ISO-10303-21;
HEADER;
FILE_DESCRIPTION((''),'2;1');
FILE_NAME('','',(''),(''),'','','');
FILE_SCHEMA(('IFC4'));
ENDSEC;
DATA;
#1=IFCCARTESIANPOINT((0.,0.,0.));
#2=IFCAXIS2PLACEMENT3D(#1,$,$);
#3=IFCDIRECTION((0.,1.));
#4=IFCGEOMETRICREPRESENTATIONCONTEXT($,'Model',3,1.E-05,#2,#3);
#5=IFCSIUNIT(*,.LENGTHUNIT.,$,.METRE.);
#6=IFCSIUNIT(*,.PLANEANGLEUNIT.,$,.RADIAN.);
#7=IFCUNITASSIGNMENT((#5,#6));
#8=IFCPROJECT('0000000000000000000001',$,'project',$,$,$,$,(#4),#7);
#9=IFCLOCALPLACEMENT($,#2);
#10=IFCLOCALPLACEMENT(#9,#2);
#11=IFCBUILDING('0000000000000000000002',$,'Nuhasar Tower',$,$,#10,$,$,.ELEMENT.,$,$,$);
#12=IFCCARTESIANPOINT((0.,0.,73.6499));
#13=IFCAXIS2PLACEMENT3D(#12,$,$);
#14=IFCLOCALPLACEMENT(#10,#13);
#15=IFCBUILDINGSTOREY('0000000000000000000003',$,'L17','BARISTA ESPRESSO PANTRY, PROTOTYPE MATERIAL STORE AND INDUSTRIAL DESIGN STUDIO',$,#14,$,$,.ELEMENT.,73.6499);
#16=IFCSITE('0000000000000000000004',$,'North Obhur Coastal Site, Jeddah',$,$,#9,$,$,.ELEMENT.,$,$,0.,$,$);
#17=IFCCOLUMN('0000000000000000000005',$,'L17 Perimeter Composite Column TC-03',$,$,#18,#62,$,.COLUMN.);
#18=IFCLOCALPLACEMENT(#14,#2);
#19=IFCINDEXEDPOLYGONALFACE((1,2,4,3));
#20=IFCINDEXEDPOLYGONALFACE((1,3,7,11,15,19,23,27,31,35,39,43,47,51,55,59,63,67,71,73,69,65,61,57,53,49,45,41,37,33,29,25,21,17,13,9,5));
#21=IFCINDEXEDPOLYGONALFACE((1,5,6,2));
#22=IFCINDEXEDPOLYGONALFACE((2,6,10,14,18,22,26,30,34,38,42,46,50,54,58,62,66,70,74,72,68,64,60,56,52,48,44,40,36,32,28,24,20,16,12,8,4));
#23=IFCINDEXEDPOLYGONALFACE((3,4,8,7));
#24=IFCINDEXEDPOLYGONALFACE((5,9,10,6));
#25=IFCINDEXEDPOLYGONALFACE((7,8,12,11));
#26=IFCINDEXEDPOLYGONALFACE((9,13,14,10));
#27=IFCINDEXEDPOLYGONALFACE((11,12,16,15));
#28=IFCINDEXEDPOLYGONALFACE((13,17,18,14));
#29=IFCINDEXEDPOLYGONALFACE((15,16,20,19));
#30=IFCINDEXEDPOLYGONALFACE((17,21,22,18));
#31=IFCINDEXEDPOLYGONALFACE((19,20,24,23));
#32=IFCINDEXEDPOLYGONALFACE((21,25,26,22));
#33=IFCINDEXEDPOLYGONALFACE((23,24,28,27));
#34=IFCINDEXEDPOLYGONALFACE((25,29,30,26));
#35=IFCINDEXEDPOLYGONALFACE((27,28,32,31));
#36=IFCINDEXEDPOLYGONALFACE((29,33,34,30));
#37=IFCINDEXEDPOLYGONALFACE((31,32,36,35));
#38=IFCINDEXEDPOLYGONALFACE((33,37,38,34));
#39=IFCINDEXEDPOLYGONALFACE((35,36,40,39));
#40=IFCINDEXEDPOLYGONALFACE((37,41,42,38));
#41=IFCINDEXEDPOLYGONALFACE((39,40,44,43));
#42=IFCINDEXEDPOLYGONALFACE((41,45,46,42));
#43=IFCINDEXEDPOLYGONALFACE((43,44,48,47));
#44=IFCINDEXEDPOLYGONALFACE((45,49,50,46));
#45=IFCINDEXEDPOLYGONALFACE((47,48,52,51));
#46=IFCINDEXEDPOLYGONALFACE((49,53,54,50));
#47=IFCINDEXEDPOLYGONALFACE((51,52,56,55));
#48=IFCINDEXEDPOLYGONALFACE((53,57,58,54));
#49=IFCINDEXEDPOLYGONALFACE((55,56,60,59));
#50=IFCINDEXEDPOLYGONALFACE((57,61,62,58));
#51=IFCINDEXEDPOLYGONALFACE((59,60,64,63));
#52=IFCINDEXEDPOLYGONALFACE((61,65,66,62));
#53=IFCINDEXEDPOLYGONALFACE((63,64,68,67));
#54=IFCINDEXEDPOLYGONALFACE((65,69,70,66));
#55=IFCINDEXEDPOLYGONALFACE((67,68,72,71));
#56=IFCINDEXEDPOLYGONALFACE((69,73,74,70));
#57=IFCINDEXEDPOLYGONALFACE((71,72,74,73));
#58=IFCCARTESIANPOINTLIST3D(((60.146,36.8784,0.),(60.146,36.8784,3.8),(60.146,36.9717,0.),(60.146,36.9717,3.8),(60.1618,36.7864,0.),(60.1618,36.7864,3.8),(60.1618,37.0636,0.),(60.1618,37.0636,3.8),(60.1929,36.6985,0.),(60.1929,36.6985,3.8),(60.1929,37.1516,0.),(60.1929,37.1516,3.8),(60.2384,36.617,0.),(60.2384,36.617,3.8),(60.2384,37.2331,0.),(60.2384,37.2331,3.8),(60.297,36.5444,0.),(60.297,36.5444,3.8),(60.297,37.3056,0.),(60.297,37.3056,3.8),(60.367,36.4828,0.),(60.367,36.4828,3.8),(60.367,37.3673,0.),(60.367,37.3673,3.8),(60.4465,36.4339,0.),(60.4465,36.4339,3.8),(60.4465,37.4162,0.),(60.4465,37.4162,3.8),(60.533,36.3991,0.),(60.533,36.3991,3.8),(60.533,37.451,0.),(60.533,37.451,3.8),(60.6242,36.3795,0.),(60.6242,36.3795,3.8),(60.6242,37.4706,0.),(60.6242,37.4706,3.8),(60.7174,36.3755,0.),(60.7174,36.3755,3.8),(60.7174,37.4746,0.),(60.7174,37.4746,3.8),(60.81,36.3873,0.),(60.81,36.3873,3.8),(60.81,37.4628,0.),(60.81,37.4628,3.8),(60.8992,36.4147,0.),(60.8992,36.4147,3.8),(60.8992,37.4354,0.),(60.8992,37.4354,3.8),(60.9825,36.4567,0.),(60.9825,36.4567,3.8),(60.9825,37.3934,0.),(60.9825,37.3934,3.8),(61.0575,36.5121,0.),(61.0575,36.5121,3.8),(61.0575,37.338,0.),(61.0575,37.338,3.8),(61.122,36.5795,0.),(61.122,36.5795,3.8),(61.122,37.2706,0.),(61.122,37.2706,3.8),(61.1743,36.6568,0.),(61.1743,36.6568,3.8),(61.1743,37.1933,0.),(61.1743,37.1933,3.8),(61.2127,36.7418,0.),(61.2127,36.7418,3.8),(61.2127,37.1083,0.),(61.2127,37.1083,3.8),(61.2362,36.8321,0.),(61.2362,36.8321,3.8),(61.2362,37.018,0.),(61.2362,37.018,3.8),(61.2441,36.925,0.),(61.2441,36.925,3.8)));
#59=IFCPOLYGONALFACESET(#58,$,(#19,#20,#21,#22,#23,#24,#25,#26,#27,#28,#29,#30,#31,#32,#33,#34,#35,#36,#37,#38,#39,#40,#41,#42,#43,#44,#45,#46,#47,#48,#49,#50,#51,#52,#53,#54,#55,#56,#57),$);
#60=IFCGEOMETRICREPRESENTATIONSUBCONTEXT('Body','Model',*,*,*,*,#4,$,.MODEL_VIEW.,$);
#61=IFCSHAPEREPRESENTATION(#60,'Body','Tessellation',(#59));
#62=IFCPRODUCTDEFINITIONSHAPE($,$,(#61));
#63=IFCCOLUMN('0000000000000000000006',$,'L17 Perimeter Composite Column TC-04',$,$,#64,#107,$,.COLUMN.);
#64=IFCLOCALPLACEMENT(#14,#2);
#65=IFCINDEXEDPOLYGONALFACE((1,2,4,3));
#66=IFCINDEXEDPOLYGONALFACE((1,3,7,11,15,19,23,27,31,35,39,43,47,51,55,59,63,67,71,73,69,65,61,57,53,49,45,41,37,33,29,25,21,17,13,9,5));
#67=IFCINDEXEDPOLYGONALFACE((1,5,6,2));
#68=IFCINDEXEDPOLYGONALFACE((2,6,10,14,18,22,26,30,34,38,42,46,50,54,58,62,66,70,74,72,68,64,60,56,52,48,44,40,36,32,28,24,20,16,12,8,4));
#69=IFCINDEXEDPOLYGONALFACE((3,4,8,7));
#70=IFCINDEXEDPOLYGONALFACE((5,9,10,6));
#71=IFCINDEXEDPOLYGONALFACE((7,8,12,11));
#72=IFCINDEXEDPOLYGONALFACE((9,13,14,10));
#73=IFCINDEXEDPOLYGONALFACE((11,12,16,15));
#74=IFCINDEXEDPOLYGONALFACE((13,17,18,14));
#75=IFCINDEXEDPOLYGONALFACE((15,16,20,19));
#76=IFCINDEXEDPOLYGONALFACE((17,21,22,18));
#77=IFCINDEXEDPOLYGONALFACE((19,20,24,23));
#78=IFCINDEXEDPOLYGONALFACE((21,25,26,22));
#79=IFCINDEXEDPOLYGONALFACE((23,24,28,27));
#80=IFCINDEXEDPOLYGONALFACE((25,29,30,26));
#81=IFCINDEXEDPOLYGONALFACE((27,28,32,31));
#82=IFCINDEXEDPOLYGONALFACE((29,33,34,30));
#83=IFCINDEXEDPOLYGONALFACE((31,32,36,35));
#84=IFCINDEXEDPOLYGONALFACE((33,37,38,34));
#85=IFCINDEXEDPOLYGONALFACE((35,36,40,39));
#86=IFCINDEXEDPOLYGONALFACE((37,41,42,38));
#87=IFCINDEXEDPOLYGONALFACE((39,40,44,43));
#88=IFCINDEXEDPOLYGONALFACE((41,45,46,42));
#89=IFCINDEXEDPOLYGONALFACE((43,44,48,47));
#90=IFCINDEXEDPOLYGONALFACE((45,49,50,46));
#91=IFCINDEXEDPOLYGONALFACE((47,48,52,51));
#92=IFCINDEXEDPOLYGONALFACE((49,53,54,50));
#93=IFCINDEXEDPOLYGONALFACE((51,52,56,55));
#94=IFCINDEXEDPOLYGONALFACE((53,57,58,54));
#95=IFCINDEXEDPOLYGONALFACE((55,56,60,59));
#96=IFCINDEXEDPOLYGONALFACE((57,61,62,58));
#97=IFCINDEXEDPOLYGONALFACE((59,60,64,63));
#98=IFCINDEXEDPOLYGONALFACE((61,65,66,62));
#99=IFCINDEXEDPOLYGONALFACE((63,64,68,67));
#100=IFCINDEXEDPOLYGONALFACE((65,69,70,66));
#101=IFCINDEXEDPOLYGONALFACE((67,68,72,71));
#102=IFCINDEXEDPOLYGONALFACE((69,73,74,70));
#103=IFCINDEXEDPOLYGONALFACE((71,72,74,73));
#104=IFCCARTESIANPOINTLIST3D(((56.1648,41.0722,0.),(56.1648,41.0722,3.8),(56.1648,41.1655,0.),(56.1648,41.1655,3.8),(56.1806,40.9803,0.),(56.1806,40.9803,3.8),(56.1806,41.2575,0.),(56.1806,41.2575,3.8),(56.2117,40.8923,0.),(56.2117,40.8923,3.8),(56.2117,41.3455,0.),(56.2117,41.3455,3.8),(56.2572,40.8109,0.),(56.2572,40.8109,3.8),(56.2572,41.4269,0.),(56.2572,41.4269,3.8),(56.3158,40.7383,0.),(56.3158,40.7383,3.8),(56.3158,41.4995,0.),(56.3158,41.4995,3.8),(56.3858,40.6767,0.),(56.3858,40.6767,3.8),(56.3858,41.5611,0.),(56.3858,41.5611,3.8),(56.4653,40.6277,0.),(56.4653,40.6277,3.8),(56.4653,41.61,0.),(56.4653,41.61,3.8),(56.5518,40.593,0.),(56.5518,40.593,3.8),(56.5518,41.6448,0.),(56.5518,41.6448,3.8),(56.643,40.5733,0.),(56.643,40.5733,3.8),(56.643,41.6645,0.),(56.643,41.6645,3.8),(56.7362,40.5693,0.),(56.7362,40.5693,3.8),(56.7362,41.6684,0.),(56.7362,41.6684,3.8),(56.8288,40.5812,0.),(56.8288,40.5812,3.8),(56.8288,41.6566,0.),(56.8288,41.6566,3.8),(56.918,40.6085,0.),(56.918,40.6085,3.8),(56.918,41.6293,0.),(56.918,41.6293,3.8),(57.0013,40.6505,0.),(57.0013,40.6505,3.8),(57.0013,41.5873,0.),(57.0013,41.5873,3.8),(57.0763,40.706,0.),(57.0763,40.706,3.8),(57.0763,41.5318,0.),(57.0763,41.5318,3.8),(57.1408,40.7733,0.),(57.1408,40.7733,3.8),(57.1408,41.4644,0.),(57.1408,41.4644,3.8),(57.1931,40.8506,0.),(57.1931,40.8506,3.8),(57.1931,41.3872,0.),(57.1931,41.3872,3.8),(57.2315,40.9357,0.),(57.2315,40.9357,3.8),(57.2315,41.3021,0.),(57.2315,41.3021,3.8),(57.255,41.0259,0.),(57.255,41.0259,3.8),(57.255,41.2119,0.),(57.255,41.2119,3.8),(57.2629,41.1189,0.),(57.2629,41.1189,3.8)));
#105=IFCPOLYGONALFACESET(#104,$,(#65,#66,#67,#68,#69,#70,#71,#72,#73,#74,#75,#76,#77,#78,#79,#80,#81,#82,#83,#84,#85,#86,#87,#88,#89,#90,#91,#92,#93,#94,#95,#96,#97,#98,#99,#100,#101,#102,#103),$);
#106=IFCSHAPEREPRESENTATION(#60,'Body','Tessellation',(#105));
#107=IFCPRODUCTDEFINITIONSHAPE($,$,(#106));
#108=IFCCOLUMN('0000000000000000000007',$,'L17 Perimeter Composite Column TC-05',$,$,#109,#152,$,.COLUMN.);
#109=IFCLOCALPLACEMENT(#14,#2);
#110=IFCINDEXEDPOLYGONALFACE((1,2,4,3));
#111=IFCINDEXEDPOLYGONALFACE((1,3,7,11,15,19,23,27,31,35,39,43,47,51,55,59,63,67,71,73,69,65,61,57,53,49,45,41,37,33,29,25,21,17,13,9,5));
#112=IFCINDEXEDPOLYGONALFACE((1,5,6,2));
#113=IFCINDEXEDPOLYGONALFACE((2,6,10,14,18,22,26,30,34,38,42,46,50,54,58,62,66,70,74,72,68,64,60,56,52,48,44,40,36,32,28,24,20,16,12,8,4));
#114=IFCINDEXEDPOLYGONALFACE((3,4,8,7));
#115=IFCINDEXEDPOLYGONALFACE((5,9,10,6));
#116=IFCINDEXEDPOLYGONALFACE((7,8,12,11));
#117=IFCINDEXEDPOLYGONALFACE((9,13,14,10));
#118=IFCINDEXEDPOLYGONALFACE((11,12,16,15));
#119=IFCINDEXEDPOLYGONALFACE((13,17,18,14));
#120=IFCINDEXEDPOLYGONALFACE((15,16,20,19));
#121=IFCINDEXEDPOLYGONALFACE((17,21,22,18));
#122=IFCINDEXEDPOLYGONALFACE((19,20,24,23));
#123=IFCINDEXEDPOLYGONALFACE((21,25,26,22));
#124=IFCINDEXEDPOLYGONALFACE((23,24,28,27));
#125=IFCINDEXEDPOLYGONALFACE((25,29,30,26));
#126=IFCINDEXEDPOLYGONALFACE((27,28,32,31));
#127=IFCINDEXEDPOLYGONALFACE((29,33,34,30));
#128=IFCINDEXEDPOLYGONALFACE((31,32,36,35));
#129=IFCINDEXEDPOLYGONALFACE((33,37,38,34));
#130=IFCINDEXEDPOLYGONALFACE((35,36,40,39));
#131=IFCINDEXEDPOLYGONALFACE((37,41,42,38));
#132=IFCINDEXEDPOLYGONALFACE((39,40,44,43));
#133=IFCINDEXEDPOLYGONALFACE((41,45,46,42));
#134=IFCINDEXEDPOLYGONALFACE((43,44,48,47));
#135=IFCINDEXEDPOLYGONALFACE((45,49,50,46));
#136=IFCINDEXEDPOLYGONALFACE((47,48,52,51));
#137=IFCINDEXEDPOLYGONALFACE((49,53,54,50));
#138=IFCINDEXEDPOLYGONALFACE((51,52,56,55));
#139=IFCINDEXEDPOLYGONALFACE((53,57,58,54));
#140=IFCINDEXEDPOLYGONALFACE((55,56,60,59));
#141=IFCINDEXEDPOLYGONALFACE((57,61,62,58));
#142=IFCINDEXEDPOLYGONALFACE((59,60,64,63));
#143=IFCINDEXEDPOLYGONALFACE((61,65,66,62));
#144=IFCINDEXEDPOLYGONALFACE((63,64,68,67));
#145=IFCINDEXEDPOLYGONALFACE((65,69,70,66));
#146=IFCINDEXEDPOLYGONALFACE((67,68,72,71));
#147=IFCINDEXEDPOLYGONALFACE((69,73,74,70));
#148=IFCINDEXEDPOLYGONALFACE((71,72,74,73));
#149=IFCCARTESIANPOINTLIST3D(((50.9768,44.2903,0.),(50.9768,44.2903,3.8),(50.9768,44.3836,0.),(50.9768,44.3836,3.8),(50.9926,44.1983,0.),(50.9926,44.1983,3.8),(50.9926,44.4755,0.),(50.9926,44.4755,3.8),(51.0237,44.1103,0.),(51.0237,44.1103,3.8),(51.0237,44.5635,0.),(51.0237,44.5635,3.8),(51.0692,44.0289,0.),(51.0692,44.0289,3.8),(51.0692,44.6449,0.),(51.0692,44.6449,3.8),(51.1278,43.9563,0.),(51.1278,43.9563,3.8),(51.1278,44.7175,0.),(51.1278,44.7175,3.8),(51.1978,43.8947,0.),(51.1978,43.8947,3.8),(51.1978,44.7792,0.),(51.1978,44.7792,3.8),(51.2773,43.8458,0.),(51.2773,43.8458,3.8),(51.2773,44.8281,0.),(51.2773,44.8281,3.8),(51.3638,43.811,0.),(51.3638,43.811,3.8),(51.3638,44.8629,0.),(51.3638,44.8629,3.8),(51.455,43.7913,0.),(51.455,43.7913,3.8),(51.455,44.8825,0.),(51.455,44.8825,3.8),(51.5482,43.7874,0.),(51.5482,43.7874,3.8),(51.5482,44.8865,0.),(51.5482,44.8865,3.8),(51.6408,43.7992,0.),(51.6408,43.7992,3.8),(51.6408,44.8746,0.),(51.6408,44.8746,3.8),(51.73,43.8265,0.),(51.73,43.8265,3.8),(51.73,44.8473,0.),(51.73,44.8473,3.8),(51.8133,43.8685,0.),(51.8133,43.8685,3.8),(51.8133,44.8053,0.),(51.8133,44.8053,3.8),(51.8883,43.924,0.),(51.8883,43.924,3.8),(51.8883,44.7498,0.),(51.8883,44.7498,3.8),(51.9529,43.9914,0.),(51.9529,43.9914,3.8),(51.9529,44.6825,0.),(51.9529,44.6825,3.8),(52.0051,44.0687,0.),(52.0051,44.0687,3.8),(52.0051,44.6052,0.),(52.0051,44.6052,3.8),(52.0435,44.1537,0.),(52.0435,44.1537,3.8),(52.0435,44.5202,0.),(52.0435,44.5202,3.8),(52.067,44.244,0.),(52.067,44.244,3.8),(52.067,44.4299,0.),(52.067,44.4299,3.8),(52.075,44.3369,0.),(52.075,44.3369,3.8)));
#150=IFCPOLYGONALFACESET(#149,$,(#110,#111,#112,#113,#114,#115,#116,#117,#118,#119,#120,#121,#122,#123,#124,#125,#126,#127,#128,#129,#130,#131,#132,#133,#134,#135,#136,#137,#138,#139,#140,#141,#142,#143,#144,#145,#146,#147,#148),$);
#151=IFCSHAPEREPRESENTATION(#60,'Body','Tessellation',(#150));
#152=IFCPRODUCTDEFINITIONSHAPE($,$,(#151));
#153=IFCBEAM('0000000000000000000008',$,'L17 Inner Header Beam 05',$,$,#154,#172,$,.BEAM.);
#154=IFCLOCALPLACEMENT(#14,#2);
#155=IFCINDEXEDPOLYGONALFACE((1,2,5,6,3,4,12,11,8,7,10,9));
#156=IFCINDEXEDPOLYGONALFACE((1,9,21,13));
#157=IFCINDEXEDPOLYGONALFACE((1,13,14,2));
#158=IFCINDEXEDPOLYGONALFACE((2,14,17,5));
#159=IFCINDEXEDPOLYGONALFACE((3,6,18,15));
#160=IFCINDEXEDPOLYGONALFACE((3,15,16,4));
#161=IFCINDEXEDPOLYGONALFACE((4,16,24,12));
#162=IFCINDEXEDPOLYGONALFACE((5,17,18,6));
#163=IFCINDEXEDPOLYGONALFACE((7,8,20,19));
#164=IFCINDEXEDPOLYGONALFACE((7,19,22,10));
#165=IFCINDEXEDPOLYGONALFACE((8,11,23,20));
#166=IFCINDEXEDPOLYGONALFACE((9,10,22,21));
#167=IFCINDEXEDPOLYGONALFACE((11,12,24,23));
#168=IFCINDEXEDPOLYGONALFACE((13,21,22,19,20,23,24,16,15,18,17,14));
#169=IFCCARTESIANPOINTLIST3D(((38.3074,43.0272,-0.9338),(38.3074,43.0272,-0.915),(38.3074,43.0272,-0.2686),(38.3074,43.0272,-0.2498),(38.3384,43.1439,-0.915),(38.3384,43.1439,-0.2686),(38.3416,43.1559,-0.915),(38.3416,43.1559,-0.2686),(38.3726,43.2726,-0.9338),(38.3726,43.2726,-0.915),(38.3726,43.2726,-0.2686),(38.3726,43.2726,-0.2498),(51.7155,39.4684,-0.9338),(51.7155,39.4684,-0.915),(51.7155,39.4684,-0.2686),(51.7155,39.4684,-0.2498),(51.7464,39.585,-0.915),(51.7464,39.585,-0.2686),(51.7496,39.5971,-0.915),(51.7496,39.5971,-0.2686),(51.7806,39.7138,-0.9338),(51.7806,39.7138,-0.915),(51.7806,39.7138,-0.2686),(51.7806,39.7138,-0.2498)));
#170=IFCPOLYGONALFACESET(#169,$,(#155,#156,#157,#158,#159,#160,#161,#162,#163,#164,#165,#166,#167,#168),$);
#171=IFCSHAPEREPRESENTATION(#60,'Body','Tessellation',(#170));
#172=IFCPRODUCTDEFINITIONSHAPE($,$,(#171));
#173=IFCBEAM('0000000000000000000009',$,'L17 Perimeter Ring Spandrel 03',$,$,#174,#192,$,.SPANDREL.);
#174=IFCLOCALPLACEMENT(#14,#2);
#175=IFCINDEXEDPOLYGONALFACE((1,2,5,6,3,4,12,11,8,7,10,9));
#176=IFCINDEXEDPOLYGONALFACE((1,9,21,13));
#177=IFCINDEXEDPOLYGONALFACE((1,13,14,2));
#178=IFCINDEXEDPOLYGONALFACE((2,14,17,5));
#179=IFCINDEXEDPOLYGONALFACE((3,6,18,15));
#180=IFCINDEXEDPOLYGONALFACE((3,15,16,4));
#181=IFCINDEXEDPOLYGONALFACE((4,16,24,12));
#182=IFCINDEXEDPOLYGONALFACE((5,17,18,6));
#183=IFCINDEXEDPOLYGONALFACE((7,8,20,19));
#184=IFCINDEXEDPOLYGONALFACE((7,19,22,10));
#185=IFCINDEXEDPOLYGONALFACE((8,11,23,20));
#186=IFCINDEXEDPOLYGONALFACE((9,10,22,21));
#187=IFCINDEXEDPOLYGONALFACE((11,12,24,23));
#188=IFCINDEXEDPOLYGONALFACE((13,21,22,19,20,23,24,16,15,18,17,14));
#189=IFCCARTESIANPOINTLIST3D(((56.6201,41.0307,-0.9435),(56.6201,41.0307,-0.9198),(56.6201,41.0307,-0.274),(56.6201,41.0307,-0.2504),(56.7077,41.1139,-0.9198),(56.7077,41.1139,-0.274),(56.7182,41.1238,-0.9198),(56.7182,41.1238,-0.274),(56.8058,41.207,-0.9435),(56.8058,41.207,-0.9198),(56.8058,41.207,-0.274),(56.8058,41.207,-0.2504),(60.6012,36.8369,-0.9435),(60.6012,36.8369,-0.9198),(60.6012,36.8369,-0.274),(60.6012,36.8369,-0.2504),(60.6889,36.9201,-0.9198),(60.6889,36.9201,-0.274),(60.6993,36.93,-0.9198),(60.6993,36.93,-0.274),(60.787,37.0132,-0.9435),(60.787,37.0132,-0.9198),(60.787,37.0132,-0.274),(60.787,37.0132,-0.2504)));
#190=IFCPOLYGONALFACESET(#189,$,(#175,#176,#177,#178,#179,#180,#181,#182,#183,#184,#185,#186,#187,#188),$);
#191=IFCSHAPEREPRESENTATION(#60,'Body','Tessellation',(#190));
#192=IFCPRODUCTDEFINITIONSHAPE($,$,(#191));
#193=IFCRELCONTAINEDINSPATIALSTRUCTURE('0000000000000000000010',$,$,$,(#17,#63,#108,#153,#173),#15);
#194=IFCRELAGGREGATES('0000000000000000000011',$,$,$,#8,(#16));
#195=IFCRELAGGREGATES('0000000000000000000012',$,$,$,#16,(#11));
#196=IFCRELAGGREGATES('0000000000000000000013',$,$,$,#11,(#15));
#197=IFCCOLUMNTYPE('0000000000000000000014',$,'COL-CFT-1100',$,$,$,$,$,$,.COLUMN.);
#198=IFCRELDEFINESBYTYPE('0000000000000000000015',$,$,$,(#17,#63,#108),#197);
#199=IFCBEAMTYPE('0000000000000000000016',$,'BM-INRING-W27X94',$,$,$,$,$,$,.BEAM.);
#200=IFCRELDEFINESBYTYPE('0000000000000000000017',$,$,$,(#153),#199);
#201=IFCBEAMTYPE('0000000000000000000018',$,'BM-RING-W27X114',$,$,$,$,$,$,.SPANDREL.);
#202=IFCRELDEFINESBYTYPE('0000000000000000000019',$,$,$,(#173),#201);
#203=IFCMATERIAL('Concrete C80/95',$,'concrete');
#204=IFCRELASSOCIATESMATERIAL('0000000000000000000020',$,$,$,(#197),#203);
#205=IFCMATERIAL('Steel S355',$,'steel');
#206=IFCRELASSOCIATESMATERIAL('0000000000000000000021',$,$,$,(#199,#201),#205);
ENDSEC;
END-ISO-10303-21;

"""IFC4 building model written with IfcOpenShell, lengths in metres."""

from ifc_helpers import new_model, si_unit, direction, frame, origin, origin_2d, place, context, subcontext, project, spatial, circle, i_section, extrude, material, material_profile, profile_set, type_object, element, save


model = new_model("IFC4")

# Units and contexts
model_context = context("Model", 3, precision=1e-05, world=origin(), true_north=direction((0.0, 1.0)))
body_context = subcontext(model_context, "Body", "Model", "MODEL_VIEW")
ifc_project = project(units=[si_unit("LENGTHUNIT", "METRE"), si_unit("PLANEANGLEUNIT", "RADIAN")], contexts=[model_context])

# Site, building, storey
site_placement = place(None, origin())
site = spatial("IfcSite", under=ifc_project, at=site_placement, Name="North Obhur Coastal Site, Jeddah", CompositionType="ELEMENT", RefElevation=0.0)
building_placement = place(site_placement, origin())
building = spatial("IfcBuilding", under=site, at=building_placement, Name="Nuhasar Tower", CompositionType="ELEMENT")
storey_placement = place(building_placement, frame((0.0, 0.0, 73.6499)))
storey = spatial("IfcBuildingStorey", under=building, at=storey_placement, Name="L17", Description="BARISTA ESPRESSO PANTRY, PROTOTYPE MATERIAL STORE AND INDUSTRIAL DESIGN STUDIO", CompositionType="ELEMENT", Elevation=73.6499)

# Columns
ifc_material_1 = material(Name="Concrete C80/95", Category="concrete")
ifc_material_profile_1 = material_profile(ifc_material_1, circle(Radius=0.55, at=origin_2d()), Name="CFT1100")
ifc_profile_set_1 = profile_set([ifc_material_profile_1], Name="Concrete C80/95")
column_type = type_object("IfcColumnType", Name="COL-CFT-1100", PredefinedType="COLUMN", material=ifc_profile_set_1)
for number, where, z_axis, x_axis, name in (
    (1, (60.6941, 36.925, 0.0), (0.0, 0.0, 1.0), (1.0, 0.0, 0.0), "L17 Perimeter Composite Column TC-03"),
    (2, (56.7129, 41.1189, 0.0), (0.0, 0.0, 1.0), (1.0, 0.0, 0.0), "L17 Perimeter Composite Column TC-04"),
    (3, (51.5249, 44.3369, 0.0), (0.0, 0.0, 1.0), (1.0, 0.0, 0.0), "L17 Perimeter Composite Column TC-05"),
):
    element("IfcColumn", number, at=place(storey_placement, frame(where, z_axis=z_axis, x_axis=x_axis)), inside=storey, type_object=column_type, Name=name, PredefinedType="COLUMN", context=body_context, shape_type="SweptSolid", body=[
        extrude(circle(Radius=0.55, at=origin_2d()), origin(), (0.0, 0.0, 1.0), 3.8),
    ])

# Beams
ifc_material_2 = material(Name="Steel S355", Category="steel")
ifc_material_profile_2 = material_profile(ifc_material_2, i_section(OverallWidth=0.2539, OverallDepth=0.6841, WebThickness=0.0125, FlangeThickness=0.0188, at=origin_2d()), Name="W27X94")
ifc_profile_set_2 = profile_set([ifc_material_profile_2], Name="Steel S355")
beam_type_1 = type_object("IfcBeamType", Name="BM-INRING-W27X94", PredefinedType="BEAM", material=ifc_profile_set_2)
beam_1_placement = place(storey_placement, frame((51.748, 39.5911, -0.5918), z_axis=(-0.966533, 0.256544, 0.0), x_axis=(-0.256544, -0.966533, 0.0)))
element("IfcBeam", 4, at=beam_1_placement, inside=storey, type_object=beam_type_1, Name="L17 Inner Header Beam 05", PredefinedType="BEAM", context=body_context, shape_type="SweptSolid", body=[
    extrude(i_section(OverallWidth=0.2539, OverallDepth=0.6841, WebThickness=0.0125, FlangeThickness=0.0188, at=origin_2d()), origin(), (0.0, 0.0, 1.0), 13.8723),
])
ifc_material_profile_3 = material_profile(ifc_material_2, i_section(OverallWidth=0.2561, OverallDepth=0.6931, WebThickness=0.0144, FlangeThickness=0.0237, at=origin_2d()), Name="W27X114")
ifc_profile_set_3 = profile_set([ifc_material_profile_3], Name="Steel S355")
beam_type_2 = type_object("IfcBeamType", Name="BM-RING-W27X114", PredefinedType="SPANDREL", material=ifc_profile_set_3)
beam_2_placement = place(storey_placement, frame((60.6941, 36.925, -0.5969), z_axis=(-0.688481, 0.725254, 0.0), x_axis=(-0.725254, -0.688481, 0.0)))
element("IfcBeam", 5, at=beam_2_placement, inside=storey, type_object=beam_type_2, Name="L17 Perimeter Ring Spandrel 03", PredefinedType="SPANDREL", context=body_context, shape_type="SweptSolid", body=[
    extrude(i_section(OverallWidth=0.2561, OverallDepth=0.6931, WebThickness=0.0144, FlangeThickness=0.0237, at=origin_2d()), origin(), (0.0, 0.0, 1.0), 5.7825),
])

save(model, "model.ifc")
